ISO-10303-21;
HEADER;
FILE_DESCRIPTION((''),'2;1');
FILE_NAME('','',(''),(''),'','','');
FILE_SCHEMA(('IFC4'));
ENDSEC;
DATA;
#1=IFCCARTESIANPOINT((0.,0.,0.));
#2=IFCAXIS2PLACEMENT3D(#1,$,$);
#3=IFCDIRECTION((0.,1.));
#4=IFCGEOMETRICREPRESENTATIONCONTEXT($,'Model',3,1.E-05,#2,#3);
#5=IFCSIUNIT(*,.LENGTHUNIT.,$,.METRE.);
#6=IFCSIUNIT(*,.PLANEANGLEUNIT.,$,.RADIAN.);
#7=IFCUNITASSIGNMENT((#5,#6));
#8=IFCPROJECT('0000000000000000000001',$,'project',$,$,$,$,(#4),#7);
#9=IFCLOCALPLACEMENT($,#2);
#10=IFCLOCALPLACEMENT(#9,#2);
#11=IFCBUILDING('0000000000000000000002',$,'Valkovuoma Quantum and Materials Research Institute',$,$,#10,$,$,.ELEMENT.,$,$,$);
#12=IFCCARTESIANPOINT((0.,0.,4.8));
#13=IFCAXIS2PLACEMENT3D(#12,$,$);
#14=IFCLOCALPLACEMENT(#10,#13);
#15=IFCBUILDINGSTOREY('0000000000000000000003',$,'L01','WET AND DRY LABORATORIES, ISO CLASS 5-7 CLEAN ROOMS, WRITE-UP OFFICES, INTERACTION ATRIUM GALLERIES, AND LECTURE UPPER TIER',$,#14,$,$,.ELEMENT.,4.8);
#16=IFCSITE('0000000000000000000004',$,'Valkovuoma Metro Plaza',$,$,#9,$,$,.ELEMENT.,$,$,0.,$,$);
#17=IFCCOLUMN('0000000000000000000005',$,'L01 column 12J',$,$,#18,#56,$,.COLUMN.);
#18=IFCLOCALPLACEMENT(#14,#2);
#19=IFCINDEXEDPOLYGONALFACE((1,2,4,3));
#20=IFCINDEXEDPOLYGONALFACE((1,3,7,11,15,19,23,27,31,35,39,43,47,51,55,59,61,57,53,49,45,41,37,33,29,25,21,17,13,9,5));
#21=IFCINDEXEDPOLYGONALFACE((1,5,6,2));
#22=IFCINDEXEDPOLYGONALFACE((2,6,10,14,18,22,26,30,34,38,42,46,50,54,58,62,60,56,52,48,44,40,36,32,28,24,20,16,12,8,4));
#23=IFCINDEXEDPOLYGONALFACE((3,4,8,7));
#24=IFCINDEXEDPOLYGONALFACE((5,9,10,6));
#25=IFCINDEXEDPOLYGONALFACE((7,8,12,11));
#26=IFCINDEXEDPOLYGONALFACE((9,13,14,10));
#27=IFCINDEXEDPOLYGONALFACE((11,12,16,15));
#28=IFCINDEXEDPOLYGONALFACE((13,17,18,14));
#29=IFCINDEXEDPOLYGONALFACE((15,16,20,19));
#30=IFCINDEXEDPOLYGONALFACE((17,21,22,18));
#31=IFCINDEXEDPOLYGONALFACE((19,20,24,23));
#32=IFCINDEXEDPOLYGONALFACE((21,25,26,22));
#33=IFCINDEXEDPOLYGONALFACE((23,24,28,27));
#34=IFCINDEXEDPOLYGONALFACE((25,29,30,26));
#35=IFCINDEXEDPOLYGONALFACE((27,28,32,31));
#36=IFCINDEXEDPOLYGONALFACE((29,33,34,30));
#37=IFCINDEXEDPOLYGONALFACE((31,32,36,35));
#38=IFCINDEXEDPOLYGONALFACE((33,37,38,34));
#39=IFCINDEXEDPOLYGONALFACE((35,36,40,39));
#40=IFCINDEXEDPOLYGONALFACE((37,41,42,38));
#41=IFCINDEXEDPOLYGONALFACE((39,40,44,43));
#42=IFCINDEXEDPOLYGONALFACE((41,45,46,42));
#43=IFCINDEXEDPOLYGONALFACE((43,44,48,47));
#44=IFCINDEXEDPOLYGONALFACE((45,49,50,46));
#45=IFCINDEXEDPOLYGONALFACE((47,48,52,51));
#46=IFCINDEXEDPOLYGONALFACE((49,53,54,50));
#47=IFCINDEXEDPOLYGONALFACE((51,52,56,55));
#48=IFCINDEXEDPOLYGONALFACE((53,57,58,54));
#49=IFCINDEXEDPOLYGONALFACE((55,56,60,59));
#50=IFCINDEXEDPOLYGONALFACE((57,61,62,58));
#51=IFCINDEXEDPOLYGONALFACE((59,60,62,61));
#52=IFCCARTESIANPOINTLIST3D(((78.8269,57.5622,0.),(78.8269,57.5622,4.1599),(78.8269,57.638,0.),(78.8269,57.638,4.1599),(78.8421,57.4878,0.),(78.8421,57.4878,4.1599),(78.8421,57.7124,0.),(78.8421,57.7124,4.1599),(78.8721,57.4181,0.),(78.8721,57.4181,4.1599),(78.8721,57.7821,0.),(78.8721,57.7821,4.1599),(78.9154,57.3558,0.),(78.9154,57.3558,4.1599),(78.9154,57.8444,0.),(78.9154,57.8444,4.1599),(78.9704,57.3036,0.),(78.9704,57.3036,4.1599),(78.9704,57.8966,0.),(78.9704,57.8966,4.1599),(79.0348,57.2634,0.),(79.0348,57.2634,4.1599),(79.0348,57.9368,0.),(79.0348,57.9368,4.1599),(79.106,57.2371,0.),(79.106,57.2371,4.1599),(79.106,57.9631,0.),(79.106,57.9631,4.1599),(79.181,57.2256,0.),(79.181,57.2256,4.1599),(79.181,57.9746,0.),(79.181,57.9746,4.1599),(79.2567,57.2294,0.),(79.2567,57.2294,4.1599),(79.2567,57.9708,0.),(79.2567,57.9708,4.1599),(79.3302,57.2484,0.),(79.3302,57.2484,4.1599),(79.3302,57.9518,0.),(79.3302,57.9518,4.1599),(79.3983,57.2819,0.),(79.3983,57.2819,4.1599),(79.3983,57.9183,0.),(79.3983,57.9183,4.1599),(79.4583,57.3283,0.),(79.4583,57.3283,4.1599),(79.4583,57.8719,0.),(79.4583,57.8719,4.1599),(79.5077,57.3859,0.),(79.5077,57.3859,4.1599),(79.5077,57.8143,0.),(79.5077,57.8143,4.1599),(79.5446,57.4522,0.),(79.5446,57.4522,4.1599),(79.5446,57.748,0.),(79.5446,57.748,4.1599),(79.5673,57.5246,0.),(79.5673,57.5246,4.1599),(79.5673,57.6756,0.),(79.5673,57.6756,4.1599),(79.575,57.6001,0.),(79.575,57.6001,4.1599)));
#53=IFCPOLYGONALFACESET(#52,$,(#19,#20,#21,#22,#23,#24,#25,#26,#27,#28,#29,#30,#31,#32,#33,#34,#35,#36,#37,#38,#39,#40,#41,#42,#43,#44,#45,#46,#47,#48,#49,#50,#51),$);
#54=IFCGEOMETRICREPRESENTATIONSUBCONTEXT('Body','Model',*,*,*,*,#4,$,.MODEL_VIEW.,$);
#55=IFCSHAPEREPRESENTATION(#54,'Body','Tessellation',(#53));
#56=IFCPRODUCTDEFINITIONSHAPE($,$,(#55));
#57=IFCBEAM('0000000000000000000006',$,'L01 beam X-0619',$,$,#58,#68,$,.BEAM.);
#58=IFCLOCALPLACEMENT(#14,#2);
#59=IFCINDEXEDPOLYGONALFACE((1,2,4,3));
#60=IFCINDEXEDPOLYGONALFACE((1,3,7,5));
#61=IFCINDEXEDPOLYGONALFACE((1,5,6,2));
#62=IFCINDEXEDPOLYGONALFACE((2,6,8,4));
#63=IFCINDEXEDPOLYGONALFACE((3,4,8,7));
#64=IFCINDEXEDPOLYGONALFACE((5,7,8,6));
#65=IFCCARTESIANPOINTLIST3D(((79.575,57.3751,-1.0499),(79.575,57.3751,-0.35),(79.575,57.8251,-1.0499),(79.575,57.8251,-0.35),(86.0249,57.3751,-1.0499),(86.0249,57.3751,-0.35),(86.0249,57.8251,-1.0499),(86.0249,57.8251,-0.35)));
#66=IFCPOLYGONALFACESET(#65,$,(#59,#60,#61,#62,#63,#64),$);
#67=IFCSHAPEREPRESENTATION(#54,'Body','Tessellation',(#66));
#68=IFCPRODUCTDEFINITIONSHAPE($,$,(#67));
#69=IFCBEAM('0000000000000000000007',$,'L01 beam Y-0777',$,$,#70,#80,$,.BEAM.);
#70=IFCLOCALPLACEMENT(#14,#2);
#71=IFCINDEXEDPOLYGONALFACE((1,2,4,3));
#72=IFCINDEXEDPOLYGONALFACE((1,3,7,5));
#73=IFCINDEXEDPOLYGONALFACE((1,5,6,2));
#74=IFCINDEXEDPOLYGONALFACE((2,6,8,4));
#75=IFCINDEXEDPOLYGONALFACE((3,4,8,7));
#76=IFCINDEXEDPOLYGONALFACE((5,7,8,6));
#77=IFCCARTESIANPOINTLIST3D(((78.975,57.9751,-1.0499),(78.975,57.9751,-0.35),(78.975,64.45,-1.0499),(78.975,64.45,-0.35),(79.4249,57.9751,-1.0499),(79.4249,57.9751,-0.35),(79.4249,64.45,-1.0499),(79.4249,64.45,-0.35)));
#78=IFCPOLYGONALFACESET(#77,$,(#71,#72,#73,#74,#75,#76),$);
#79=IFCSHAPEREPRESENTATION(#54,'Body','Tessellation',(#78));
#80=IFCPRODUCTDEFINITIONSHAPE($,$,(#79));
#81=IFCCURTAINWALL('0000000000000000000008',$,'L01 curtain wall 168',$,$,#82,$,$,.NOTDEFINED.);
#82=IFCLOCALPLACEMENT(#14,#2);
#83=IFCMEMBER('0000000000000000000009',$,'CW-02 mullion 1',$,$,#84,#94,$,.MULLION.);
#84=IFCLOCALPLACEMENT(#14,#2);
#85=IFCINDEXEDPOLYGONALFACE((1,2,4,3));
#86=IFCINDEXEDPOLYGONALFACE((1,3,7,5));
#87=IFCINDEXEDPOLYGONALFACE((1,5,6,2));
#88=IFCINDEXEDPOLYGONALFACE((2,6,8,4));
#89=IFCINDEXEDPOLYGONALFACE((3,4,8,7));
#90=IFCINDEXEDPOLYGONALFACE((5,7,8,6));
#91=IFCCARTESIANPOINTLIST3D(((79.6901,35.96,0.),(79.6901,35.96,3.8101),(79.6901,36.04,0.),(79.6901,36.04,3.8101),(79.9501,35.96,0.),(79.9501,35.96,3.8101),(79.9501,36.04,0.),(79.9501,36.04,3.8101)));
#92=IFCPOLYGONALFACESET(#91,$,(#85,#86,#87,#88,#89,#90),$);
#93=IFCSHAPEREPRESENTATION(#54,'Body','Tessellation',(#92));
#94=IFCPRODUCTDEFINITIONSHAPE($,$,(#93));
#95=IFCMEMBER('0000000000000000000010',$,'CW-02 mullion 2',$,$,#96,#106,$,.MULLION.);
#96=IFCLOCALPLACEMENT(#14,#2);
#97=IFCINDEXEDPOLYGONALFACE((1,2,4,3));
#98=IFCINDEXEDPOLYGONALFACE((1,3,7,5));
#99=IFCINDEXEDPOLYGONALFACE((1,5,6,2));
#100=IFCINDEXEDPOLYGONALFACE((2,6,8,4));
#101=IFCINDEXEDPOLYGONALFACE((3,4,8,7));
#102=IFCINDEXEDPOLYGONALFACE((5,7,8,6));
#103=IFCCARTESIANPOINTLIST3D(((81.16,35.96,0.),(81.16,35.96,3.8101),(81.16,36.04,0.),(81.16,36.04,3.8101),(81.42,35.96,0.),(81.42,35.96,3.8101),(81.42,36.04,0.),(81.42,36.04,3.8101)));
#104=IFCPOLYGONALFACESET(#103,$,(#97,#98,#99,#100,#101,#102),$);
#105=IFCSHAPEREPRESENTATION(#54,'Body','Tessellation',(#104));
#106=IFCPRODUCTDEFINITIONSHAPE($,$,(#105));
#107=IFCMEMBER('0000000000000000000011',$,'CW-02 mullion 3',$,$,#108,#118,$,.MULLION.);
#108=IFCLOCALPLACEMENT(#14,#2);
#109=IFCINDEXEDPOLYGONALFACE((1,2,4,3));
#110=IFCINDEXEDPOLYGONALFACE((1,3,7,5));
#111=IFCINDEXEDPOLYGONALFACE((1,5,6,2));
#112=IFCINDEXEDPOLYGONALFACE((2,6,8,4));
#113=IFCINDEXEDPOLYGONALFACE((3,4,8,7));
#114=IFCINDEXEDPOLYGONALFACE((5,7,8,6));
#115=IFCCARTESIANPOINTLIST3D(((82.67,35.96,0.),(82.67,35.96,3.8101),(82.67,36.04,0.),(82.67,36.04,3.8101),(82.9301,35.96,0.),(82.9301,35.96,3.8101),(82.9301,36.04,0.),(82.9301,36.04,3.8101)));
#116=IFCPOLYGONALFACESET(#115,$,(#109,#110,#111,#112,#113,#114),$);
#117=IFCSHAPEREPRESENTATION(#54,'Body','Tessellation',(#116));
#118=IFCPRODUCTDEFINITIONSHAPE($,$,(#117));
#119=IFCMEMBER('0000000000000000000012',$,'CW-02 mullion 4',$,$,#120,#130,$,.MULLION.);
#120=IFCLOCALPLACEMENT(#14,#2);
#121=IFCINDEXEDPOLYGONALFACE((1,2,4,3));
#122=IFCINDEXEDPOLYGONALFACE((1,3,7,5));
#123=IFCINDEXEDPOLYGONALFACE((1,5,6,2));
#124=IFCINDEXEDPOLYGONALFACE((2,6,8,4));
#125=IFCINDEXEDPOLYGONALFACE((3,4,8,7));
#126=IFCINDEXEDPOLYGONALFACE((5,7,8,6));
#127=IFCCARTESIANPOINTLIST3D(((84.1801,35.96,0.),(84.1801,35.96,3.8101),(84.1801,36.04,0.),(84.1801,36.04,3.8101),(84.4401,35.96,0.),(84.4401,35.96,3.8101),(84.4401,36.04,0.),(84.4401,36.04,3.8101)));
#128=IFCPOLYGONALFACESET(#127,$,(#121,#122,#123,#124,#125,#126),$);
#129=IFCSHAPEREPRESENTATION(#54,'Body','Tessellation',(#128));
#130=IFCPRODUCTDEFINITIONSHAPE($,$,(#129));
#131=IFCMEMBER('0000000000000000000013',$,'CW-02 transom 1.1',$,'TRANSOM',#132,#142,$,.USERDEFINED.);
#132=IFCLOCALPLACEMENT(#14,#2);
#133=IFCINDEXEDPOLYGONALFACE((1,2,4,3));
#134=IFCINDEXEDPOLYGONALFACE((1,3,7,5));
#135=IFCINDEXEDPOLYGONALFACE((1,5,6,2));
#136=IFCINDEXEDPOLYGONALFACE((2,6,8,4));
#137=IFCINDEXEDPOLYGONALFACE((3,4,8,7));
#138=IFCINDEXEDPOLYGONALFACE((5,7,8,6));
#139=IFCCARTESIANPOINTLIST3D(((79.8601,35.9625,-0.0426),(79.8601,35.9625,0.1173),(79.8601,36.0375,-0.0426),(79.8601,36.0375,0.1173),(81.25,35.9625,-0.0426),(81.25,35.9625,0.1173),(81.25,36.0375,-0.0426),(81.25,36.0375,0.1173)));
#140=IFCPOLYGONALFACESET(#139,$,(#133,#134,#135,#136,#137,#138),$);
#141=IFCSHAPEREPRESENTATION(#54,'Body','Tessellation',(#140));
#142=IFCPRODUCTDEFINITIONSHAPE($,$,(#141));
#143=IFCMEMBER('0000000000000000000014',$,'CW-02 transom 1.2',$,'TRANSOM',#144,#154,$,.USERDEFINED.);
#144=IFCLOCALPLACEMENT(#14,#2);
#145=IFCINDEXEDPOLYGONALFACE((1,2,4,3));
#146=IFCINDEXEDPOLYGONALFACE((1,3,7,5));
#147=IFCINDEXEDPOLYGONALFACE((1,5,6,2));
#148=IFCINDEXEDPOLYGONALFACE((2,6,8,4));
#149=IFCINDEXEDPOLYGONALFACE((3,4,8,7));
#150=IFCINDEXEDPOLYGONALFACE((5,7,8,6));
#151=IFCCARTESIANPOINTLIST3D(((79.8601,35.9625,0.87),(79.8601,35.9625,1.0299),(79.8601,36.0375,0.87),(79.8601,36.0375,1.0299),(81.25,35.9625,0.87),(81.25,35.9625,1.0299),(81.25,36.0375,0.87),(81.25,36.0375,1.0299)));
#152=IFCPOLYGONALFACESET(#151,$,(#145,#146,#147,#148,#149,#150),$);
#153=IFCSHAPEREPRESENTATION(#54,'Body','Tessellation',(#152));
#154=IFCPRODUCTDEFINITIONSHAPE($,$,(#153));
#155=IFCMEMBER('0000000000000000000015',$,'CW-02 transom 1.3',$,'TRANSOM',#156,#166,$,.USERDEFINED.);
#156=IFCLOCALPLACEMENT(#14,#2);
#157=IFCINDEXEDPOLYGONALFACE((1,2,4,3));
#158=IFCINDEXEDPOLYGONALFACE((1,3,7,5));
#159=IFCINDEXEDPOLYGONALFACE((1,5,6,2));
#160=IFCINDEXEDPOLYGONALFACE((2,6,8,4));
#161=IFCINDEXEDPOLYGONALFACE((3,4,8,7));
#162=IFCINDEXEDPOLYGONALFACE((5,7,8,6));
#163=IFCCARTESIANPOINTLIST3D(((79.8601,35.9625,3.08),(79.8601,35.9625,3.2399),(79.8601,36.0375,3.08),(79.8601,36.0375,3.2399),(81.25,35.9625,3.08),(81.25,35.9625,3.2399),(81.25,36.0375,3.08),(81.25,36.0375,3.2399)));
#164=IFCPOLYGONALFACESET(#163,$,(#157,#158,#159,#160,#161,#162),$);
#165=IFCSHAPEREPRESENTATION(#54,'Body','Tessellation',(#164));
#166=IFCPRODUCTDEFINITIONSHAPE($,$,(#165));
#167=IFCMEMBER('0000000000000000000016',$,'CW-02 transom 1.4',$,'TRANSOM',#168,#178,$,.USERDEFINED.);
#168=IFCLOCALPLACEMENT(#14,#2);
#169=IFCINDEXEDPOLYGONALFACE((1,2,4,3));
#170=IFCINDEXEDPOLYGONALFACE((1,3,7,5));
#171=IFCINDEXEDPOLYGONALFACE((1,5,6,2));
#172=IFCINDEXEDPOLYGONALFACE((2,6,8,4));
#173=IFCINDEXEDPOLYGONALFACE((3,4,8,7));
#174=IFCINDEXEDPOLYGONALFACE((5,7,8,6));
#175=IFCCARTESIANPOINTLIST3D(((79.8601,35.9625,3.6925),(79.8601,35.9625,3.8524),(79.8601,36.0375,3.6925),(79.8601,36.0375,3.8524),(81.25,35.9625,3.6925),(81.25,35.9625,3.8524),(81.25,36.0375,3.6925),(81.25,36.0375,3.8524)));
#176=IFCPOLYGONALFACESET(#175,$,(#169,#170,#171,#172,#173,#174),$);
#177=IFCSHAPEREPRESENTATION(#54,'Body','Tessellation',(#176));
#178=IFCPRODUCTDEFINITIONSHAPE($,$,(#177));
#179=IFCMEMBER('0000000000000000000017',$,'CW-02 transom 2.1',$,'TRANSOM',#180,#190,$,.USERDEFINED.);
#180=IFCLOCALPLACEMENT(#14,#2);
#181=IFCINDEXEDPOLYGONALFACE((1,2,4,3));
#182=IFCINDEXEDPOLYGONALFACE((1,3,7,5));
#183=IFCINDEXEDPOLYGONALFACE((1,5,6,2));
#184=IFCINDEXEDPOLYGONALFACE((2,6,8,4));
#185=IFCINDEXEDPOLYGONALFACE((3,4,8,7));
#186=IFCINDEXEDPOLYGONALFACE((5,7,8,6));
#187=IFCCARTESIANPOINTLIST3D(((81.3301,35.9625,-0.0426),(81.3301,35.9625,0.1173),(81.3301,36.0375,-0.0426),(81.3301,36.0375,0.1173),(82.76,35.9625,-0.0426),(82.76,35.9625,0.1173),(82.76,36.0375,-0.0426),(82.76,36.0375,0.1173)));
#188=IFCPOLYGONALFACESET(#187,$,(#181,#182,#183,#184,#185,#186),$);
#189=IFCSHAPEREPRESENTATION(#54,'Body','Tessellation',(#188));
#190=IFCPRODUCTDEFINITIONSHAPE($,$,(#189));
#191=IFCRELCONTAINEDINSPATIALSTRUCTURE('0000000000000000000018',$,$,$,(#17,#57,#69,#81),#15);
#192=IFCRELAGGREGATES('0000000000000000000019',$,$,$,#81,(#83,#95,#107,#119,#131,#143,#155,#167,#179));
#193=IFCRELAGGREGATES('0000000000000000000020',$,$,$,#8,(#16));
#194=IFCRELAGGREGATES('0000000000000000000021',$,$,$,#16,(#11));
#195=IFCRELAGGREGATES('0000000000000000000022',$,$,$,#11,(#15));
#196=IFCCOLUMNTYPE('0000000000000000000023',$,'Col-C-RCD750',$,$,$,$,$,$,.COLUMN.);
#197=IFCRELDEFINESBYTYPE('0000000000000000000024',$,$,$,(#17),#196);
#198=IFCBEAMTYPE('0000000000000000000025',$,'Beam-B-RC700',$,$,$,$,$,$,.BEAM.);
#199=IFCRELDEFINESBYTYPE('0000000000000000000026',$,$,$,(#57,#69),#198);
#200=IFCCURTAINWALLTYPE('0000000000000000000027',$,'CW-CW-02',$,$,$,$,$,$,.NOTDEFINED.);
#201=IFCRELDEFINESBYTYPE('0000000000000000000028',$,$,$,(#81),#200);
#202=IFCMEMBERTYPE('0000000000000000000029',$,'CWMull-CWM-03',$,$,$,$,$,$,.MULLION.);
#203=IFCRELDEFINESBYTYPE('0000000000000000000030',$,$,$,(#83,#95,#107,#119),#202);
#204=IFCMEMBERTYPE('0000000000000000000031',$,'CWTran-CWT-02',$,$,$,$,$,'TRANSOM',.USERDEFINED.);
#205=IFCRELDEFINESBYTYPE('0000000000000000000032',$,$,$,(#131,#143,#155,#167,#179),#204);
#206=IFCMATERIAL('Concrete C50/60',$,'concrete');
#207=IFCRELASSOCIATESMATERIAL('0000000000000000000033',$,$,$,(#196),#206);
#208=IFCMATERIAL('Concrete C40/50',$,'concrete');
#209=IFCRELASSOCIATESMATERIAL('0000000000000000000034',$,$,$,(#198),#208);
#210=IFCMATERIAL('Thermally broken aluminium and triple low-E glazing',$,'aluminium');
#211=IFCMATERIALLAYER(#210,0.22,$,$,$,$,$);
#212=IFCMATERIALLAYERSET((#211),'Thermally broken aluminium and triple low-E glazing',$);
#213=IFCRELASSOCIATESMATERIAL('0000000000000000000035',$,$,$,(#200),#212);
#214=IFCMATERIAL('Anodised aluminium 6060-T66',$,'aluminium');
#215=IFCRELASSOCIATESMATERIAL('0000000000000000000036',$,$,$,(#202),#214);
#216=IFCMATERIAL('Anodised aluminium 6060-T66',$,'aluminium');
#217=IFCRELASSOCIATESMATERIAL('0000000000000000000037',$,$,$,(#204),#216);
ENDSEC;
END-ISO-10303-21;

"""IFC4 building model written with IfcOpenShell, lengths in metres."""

from ifc_helpers import new_model, si_unit, direction, frame, origin, origin_2d, place, context, subcontext, project, spatial, rectangle, circle, extrude, material, layer, layer_set, material_profile, profile_set, type_object, element, aggregate, save


model = new_model("IFC4")

# Units and contexts
model_context = context("Model", 3, precision=1e-05, world=origin(), true_north=direction((0.0, 1.0)))
body_context = subcontext(model_context, "Body", "Model", "MODEL_VIEW")
ifc_project = project(units=[si_unit("LENGTHUNIT", "METRE"), si_unit("PLANEANGLEUNIT", "RADIAN")], contexts=[model_context])

# Site, building, storey
site_placement = place(None, origin())
site = spatial("IfcSite", under=ifc_project, at=site_placement, Name="Valkovuoma Metro Plaza", CompositionType="ELEMENT", RefElevation=0.0)
building_placement = place(site_placement, origin())
building = spatial("IfcBuilding", under=site, at=building_placement, Name="Valkovuoma Quantum and Materials Research Institute", CompositionType="ELEMENT")
storey_placement = place(building_placement, frame((0.0, 0.0, 4.8)))
storey = spatial("IfcBuildingStorey", under=building, at=storey_placement, Name="L01", Description="WET AND DRY LABORATORIES, ISO CLASS 5-7 CLEAN ROOMS, WRITE-UP OFFICES, INTERACTION ATRIUM GALLERIES, AND LECTURE UPPER TIER", CompositionType="ELEMENT", Elevation=4.8)

# Column
ifc_material_1 = material(Name="Concrete C50/60", Category="concrete")
ifc_material_profile_1 = material_profile(ifc_material_1, circle(Radius=0.375, at=origin_2d()), Name="Concrete C50/60")
ifc_profile_set_1 = profile_set([ifc_material_profile_1], Name="Concrete C50/60")
column_type = type_object("IfcColumnType", Name="Col-C-RCD750", PredefinedType="COLUMN", material=ifc_profile_set_1)
column_placement = place(storey_placement, frame((79.2, 57.6001, 0.0), z_axis=(0.0, 0.0, 1.0), x_axis=(1.0, 0.0, 0.0)))
element("IfcColumn", 1, at=column_placement, inside=storey, type_object=column_type, Name="L01 column 12J", PredefinedType="COLUMN", context=body_context, shape_type="SweptSolid", body=[
    extrude(circle(Radius=0.375, at=origin_2d()), origin(), (0.0, 0.0, 1.0), 4.1599),
])

# Beams
ifc_material_2 = material(Name="Concrete C40/50", Category="concrete")
ifc_material_profile_2 = material_profile(ifc_material_2, rectangle(XDim=0.45, YDim=0.7, at=origin_2d()), Name="Concrete C40/50")
ifc_profile_set_2 = profile_set([ifc_material_profile_2], Name="Concrete C40/50")
beam_type = type_object("IfcBeamType", Name="Beam-B-RC700", PredefinedType="BEAM", material=ifc_profile_set_2)
beam_1_placement = place(storey_placement, frame((79.575, 57.6001, -0.7), z_axis=(1.0, 0.0, 0.0), x_axis=(0.0, 1.0, 0.0)))
element("IfcBeam", 2, at=beam_1_placement, inside=storey, type_object=beam_type, Name="L01 beam X-0619", PredefinedType="BEAM", context=body_context, shape_type="SweptSolid", body=[
    extrude(rectangle(XDim=0.45, YDim=0.7, at=origin_2d()), origin(), (0.0, 0.0, 1.0), 6.45),
])
beam_2_placement = place(storey_placement, frame((79.2, 57.9751, -0.7), z_axis=(0.0, 1.0, 0.0), x_axis=(-1.0, 0.0, 0.0)))
element("IfcBeam", 3, at=beam_2_placement, inside=storey, type_object=beam_type, Name="L01 beam Y-0777", PredefinedType="BEAM", context=body_context, shape_type="SweptSolid", body=[
    extrude(rectangle(XDim=0.45, YDim=0.7, at=origin_2d()), origin(), (0.0, 0.0, 1.0), 6.4749),
])

# Curtain wall, members
ifc_material_3 = material(Name="Thermally broken aluminium and triple low-E glazing", Category="aluminium")
ifc_layer_1 = layer(ifc_material_3, 0.22)
ifc_layer_set_1 = layer_set([ifc_layer_1], Name="Thermally broken aluminium and triple low-E glazing")
curtain_wall_type = type_object("IfcCurtainWallType", Name="CW-CW-02", PredefinedType="NOTDEFINED", material=ifc_layer_set_1)
curtain_wall_placement = place(storey_placement, origin())
curtain_wall = element("IfcCurtainWall", 4, at=curtain_wall_placement, inside=storey, type_object=curtain_wall_type, Name="L01 curtain wall 168", PredefinedType="NOTDEFINED")
ifc_material_4 = material(Name="Anodised aluminium 6060-T66", Category="aluminium")
ifc_material_profile_3 = material_profile(ifc_material_4, rectangle(XDim=0.0801, YDim=0.26, at=origin_2d()), Name="Anodised aluminium 6060-T66")
ifc_profile_set_3 = profile_set([ifc_material_profile_3], Name="Anodised aluminium 6060-T66")
member_type_1 = type_object("IfcMemberType", Name="CWMull-CWM-03", PredefinedType="MULLION", material=ifc_profile_set_3)
member_1_placement = place(storey_placement, frame((79.8201, 36.0, 0.0), z_axis=(0.0, 0.0, 1.0), x_axis=(0.0, 1.0, 0.0)))
member_1 = element("IfcMember", 5, at=member_1_placement, type_object=member_type_1, Name="CW-02 mullion 1", PredefinedType="MULLION", context=body_context, shape_type="SweptSolid", body=[
    extrude(rectangle(XDim=0.0801, YDim=0.26, at=origin_2d()), origin(), (0.0, 0.0, 1.0), 3.8101),
])
member_2_placement = place(storey_placement, frame((81.29, 36.0, 0.0), z_axis=(0.0, 0.0, 1.0), x_axis=(0.0, 1.0, 0.0)))
member_2 = element("IfcMember", 6, at=member_2_placement, type_object=member_type_1, Name="CW-02 mullion 2", PredefinedType="MULLION", context=body_context, shape_type="SweptSolid", body=[
    extrude(rectangle(XDim=0.0801, YDim=0.26, at=origin_2d()), origin(), (0.0, 0.0, 1.0), 3.8101),
])
member_3_placement = place(storey_placement, frame((82.8, 36.0, 0.0), z_axis=(0.0, 0.0, 1.0), x_axis=(0.0, 1.0, 0.0)))
member_3 = element("IfcMember", 7, at=member_3_placement, type_object=member_type_1, Name="CW-02 mullion 3", PredefinedType="MULLION", context=body_context, shape_type="SweptSolid", body=[
    extrude(rectangle(XDim=0.0801, YDim=0.26, at=origin_2d()), origin(), (0.0, 0.0, 1.0), 3.8101),
])
member_4_placement = place(storey_placement, frame((84.3101, 36.0, 0.0), z_axis=(0.0, 0.0, 1.0), x_axis=(0.0, 1.0, 0.0)))
member_4 = element("IfcMember", 8, at=member_4_placement, type_object=member_type_1, Name="CW-02 mullion 4", PredefinedType="MULLION", context=body_context, shape_type="SweptSolid", body=[
    extrude(rectangle(XDim=0.0801, YDim=0.26, at=origin_2d()), origin(), (0.0, 0.0, 1.0), 3.8101),
])
ifc_material_5 = material(Name="Anodised aluminium 6060-T66", Category="aluminium")
ifc_material_profile_4 = material_profile(ifc_material_5, rectangle(XDim=0.075, YDim=0.1599, at=origin_2d()), Name="Anodised aluminium 6060-T66")
ifc_profile_set_4 = profile_set([ifc_material_profile_4], Name="Anodised aluminium 6060-T66")
member_type_2 = type_object("IfcMemberType", Name="CWTran-CWT-02", ElementType="TRANSOM", PredefinedType="USERDEFINED", material=ifc_profile_set_4)
member_5_placement = place(storey_placement, frame((79.8601, 36.0, 0.0374), z_axis=(1.0, 0.0, 0.0), x_axis=(0.0, 1.0, 0.0)))
member_5 = element("IfcMember", 9, at=member_5_placement, type_object=member_type_2, Name="CW-02 transom 1.1", ObjectType="TRANSOM", PredefinedType="USERDEFINED", context=body_context, shape_type="SweptSolid", body=[
    extrude(rectangle(XDim=0.075, YDim=0.1599, at=origin_2d()), origin(), (0.0, 0.0, 1.0), 1.3899),
])
member_6_placement = place(storey_placement, frame((79.8601, 36.0, 0.95), z_axis=(1.0, 0.0, 0.0), x_axis=(0.0, 1.0, 0.0)))
member_6 = element("IfcMember", 10, at=member_6_placement, type_object=member_type_2, Name="CW-02 transom 1.2", ObjectType="TRANSOM", PredefinedType="USERDEFINED", context=body_context, shape_type="SweptSolid", body=[
    extrude(rectangle(XDim=0.075, YDim=0.1599, at=origin_2d()), origin(), (0.0, 0.0, 1.0), 1.3899),
])
member_7_placement = place(storey_placement, frame((79.8601, 36.0, 3.1599), z_axis=(1.0, 0.0, 0.0), x_axis=(0.0, 1.0, 0.0)))
member_7 = element("IfcMember", 11, at=member_7_placement, type_object=member_type_2, Name="CW-02 transom 1.3", ObjectType="TRANSOM", PredefinedType="USERDEFINED", context=body_context, shape_type="SweptSolid", body=[
    extrude(rectangle(XDim=0.075, YDim=0.1599, at=origin_2d()), origin(), (0.0, 0.0, 1.0), 1.3899),
])
member_8_placement = place(storey_placement, frame((79.8601, 36.0, 3.7725), z_axis=(1.0, 0.0, 0.0), x_axis=(0.0, 1.0, 0.0)))
member_8 = element("IfcMember", 12, at=member_8_placement, type_object=member_type_2, Name="CW-02 transom 1.4", ObjectType="TRANSOM", PredefinedType="USERDEFINED", context=body_context, shape_type="SweptSolid", body=[
    extrude(rectangle(XDim=0.075, YDim=0.1599, at=origin_2d()), origin(), (0.0, 0.0, 1.0), 1.3899),
])
member_9_placement = place(storey_placement, frame((81.3301, 36.0, 0.0374), z_axis=(1.0, 0.0, 0.0), x_axis=(0.0, 1.0, 0.0)))
member_9 = element("IfcMember", 13, at=member_9_placement, type_object=member_type_2, Name="CW-02 transom 2.1", ObjectType="TRANSOM", PredefinedType="USERDEFINED", context=body_context, shape_type="SweptSolid", body=[
    extrude(rectangle(XDim=0.075, YDim=0.1599, at=origin_2d()), origin(), (0.0, 0.0, 1.0), 1.4299),
])
aggregate(curtain_wall, [member_1, member_2, member_3, member_4, member_5, member_6, member_7, member_8, member_9])

save(model, "model.ifc")
